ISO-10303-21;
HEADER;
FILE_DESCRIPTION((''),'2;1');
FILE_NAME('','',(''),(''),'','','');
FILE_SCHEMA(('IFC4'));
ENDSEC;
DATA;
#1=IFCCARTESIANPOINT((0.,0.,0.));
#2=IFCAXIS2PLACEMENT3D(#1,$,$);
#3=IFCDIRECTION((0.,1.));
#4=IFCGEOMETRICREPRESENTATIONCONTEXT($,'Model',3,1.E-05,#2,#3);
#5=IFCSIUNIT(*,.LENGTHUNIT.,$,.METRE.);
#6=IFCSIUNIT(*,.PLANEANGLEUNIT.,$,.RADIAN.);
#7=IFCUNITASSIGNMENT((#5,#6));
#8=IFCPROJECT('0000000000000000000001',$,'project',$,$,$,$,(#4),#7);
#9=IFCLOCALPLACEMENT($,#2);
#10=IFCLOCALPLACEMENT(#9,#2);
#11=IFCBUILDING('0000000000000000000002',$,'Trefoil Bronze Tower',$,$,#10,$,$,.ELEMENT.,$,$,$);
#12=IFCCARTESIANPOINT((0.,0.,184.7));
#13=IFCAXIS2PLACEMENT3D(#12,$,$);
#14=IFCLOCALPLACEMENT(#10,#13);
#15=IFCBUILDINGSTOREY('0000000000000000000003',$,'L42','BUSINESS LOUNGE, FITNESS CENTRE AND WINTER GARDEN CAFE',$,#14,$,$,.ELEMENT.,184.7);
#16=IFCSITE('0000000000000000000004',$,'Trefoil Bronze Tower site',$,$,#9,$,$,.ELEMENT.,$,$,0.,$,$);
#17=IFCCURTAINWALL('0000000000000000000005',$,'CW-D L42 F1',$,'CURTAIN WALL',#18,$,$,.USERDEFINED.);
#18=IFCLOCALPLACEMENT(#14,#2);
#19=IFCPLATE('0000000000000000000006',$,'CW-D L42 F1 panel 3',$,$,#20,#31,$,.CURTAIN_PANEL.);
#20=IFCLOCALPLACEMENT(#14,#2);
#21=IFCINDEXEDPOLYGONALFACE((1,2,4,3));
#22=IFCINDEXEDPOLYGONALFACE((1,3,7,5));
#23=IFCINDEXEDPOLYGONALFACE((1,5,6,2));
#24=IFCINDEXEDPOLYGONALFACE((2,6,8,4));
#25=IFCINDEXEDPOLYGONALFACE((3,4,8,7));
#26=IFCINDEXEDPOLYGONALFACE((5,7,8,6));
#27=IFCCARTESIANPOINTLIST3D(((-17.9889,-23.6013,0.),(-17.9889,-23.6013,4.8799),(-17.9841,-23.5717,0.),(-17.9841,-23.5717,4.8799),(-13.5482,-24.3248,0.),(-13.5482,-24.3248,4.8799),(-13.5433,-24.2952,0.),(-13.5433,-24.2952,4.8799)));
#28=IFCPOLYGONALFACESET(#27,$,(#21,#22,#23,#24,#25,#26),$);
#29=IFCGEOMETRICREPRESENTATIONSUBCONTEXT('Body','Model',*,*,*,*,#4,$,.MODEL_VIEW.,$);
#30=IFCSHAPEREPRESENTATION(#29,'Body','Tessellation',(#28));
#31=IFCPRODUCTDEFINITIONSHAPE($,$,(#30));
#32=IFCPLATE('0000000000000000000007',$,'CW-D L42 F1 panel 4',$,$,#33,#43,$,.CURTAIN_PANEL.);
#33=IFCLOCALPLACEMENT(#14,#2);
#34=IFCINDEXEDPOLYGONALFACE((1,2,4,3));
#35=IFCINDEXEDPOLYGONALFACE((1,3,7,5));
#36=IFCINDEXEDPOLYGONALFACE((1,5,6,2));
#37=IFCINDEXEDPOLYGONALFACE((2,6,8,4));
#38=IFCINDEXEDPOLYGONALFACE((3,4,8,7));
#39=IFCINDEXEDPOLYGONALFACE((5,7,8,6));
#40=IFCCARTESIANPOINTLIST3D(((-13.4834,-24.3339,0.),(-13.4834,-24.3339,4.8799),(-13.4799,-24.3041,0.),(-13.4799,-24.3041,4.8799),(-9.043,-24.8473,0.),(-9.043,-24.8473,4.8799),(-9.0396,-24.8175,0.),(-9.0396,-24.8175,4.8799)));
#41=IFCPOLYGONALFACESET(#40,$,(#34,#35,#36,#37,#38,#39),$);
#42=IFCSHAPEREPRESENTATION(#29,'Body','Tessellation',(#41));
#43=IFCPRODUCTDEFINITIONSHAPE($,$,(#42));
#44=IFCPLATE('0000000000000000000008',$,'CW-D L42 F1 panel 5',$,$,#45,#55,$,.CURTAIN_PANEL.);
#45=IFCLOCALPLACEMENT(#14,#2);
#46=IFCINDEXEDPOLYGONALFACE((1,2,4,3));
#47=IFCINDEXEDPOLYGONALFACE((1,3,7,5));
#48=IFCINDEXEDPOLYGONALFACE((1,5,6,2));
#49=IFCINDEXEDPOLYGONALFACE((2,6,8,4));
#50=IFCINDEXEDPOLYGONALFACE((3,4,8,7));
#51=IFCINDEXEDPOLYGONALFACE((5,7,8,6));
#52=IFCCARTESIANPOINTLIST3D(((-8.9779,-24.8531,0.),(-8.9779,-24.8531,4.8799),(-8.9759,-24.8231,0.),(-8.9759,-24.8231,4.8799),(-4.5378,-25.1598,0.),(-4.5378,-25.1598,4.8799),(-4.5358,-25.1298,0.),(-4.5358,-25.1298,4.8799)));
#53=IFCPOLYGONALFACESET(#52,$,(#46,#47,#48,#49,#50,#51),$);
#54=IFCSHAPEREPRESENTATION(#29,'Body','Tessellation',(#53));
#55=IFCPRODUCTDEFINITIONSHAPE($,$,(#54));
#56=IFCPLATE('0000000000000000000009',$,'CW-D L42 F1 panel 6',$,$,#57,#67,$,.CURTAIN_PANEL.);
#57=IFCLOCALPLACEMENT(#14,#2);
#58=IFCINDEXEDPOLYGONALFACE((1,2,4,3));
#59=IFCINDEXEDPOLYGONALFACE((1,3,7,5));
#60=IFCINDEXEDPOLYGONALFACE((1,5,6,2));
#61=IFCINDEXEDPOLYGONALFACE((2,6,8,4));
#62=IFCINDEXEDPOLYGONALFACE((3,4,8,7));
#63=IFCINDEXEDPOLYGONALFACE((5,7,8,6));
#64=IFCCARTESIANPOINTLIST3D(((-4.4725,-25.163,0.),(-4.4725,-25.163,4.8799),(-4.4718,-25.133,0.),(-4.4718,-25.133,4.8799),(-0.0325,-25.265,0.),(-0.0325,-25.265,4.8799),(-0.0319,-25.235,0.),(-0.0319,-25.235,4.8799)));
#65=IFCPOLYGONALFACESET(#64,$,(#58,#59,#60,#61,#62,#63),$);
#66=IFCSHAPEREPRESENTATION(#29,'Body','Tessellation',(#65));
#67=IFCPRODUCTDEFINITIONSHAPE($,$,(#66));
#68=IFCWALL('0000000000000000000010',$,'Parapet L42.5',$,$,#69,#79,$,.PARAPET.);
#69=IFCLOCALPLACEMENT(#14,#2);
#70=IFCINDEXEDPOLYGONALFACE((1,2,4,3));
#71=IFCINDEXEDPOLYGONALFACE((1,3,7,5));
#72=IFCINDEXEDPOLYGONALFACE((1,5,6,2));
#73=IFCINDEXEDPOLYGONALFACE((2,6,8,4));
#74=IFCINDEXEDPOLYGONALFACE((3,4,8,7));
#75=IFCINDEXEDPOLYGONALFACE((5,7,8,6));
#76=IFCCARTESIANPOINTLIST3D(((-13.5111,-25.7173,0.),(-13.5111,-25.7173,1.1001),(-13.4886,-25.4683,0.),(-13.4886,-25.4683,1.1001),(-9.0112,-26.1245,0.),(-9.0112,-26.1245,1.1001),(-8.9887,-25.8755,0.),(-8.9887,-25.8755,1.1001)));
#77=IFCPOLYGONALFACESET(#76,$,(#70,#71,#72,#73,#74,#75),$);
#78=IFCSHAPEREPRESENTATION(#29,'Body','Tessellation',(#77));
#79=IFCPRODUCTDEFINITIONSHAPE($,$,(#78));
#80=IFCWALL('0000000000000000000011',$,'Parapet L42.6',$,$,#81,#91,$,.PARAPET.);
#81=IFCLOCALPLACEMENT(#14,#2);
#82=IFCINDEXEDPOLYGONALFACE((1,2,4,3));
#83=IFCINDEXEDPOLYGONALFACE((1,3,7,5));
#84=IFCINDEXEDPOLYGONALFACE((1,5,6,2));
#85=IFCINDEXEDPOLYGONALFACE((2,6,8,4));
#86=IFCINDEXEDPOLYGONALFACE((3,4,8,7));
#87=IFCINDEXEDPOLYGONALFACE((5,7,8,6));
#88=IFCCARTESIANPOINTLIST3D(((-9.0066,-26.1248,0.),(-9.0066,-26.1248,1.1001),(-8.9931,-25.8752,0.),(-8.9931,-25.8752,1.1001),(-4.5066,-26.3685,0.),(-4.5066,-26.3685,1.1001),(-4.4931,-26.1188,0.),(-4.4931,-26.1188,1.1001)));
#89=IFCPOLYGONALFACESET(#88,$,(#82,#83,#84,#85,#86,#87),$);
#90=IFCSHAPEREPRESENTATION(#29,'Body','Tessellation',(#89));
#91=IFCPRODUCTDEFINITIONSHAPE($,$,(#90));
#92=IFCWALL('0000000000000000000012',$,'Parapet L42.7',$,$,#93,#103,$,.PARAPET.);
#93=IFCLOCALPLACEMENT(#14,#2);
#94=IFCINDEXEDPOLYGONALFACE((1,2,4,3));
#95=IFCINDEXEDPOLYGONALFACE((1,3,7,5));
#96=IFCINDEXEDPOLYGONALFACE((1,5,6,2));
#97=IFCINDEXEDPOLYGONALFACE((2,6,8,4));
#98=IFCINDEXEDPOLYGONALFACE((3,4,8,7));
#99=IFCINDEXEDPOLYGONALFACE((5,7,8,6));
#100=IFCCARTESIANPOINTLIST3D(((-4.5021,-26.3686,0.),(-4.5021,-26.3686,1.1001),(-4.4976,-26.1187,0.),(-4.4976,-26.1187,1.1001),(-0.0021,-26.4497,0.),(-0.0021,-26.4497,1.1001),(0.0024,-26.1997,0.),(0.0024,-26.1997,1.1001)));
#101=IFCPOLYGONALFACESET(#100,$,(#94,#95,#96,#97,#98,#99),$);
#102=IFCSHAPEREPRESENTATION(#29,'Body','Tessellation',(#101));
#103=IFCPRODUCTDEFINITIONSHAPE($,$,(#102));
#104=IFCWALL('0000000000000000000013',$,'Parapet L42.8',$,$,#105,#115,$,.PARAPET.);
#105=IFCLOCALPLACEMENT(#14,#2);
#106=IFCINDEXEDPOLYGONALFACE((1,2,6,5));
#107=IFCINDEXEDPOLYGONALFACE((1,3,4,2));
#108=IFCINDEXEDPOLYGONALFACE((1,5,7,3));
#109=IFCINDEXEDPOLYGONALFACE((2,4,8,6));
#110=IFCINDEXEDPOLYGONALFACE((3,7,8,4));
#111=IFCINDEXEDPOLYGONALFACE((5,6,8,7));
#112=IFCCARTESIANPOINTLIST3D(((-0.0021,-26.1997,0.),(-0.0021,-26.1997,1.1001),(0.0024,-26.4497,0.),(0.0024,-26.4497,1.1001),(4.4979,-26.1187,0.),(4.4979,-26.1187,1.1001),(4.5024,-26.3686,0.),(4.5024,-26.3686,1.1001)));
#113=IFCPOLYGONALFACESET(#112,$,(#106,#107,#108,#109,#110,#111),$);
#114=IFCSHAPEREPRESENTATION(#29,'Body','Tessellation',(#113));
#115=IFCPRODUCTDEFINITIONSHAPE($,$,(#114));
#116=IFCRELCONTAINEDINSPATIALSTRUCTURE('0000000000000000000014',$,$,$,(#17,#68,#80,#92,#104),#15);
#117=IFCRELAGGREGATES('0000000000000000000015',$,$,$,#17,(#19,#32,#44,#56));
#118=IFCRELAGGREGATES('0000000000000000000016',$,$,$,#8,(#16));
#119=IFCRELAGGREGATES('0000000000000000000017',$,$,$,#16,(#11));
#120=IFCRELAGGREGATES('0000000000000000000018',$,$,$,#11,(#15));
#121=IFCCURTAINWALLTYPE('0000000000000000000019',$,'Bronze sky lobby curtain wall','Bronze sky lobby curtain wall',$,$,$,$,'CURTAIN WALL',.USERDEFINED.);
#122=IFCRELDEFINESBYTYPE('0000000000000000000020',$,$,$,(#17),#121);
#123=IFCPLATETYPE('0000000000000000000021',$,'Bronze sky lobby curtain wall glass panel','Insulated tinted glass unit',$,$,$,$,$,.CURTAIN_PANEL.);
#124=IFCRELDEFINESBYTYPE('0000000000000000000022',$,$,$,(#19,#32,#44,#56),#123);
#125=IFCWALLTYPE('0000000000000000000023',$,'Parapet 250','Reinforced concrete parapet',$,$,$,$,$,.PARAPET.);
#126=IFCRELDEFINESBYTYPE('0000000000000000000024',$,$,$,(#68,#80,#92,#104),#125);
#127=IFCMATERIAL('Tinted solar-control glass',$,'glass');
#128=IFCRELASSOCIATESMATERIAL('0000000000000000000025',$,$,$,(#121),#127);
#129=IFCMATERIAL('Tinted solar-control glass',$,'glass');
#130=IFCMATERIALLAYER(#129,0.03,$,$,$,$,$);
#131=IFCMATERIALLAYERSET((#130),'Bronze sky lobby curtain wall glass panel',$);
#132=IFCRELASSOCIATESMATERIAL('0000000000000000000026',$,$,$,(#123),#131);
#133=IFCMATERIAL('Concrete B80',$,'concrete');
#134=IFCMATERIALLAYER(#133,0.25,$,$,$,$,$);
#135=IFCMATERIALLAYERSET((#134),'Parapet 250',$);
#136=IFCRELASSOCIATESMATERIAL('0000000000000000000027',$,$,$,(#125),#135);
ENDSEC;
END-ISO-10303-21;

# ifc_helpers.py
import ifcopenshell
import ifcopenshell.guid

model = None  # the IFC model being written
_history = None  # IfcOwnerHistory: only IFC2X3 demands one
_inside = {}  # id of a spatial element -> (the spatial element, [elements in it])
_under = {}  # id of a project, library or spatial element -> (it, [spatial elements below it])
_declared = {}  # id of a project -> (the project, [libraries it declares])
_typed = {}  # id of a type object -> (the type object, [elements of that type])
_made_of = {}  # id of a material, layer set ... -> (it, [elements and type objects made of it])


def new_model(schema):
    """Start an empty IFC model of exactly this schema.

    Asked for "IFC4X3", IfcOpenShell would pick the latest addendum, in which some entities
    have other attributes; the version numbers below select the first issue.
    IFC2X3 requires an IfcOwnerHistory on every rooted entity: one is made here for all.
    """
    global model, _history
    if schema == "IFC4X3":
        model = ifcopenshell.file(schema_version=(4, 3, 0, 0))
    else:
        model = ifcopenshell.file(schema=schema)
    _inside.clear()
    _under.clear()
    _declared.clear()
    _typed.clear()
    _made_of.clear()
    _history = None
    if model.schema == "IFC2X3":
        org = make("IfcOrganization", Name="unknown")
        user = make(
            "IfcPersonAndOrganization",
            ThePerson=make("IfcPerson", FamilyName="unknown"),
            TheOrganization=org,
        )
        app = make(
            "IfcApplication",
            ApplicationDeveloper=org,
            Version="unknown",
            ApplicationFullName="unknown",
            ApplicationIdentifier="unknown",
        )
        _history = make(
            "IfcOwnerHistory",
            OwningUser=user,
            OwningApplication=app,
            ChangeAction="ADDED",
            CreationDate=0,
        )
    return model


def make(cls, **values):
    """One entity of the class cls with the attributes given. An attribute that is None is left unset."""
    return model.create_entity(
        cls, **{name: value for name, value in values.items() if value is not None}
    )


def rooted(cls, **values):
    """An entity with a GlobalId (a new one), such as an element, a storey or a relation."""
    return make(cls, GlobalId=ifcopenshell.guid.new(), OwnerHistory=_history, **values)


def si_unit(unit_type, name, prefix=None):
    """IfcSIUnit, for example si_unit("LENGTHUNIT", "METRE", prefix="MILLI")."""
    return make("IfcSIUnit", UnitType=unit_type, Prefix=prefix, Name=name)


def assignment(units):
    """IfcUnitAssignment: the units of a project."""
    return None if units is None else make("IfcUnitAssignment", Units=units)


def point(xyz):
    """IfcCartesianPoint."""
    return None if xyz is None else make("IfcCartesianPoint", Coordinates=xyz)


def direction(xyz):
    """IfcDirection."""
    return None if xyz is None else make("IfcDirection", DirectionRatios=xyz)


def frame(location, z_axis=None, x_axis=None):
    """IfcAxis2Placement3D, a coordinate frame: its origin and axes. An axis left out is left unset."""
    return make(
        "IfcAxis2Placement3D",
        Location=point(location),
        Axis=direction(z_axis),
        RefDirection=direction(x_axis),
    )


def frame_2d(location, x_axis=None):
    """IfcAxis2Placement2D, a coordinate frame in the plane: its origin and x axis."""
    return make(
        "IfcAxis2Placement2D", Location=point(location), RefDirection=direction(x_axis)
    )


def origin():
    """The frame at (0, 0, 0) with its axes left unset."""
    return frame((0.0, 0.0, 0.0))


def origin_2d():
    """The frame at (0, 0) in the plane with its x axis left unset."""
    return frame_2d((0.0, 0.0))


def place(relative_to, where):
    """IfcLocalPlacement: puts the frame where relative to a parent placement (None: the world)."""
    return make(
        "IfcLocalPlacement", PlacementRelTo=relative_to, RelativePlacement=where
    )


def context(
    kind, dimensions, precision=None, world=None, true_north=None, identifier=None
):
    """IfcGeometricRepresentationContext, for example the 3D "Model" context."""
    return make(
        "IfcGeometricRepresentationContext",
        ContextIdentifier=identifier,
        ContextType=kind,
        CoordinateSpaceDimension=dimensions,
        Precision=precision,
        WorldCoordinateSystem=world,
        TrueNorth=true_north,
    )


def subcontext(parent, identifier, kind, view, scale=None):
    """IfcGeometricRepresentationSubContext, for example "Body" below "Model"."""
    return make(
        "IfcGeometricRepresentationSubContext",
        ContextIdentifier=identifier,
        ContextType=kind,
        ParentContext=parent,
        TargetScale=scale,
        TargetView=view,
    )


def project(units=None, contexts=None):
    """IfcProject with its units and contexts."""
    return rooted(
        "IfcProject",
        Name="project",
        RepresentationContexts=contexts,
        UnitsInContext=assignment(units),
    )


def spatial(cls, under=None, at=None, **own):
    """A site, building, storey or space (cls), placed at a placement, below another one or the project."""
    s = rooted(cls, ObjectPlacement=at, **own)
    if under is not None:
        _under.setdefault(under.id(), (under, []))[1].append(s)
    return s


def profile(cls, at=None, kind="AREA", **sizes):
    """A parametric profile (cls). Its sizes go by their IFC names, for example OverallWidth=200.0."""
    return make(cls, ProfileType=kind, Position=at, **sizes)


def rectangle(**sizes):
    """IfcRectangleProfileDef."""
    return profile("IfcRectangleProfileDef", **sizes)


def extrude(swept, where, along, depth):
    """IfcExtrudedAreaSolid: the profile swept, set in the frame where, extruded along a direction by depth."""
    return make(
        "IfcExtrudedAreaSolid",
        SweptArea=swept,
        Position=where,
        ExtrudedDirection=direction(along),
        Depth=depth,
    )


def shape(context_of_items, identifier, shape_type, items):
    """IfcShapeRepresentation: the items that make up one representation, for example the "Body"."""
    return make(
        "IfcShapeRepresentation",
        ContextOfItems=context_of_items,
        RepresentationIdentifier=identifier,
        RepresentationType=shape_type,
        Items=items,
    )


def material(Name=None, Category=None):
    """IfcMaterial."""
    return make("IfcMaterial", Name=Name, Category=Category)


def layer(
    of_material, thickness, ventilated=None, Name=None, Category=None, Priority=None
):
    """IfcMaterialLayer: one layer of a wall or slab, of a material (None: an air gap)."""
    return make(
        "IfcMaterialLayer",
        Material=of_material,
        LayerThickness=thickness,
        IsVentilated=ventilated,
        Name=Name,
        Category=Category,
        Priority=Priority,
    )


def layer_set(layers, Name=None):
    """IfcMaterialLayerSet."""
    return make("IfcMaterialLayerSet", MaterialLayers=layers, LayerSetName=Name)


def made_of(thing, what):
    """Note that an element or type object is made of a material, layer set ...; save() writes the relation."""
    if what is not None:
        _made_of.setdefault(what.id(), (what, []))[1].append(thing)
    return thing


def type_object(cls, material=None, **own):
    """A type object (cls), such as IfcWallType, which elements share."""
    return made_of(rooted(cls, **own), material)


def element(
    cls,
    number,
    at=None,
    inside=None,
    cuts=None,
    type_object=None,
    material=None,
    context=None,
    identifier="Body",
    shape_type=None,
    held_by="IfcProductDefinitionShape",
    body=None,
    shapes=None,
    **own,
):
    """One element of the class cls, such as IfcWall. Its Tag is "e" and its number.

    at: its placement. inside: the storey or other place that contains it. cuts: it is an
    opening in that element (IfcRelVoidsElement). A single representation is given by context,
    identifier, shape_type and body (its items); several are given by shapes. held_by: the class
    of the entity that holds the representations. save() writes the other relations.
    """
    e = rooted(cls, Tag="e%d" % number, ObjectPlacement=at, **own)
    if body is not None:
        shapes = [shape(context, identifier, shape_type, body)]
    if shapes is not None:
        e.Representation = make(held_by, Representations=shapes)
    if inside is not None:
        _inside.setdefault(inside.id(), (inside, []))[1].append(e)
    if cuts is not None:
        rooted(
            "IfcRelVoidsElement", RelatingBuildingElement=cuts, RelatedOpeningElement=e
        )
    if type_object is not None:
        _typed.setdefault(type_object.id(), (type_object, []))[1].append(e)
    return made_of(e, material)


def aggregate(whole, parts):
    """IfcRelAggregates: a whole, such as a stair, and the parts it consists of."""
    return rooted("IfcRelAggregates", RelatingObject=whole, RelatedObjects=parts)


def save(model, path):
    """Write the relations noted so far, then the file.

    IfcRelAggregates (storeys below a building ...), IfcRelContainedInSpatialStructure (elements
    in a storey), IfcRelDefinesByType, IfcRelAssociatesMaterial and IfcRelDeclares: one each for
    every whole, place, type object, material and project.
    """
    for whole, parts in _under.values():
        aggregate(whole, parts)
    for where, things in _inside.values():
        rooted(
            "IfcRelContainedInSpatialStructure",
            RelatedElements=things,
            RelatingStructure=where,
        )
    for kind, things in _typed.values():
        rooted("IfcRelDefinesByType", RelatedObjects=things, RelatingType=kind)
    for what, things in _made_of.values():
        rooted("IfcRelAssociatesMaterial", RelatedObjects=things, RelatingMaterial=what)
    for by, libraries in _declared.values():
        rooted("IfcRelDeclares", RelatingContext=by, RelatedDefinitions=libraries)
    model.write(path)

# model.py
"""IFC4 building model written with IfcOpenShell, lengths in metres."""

from ifc_helpers import new_model, si_unit, direction, frame, frame_2d, origin, origin_2d, place, context, subcontext, project, spatial, rectangle, extrude, material, layer, layer_set, type_object, element, aggregate, save


model = new_model("IFC4")

# Units and contexts
model_context = context("Model", 3, precision=1e-05, world=origin(), true_north=direction((0.0, 1.0)))
body_context = subcontext(model_context, "Body", "Model", "MODEL_VIEW")
ifc_project = project(units=[si_unit("LENGTHUNIT", "METRE"), si_unit("PLANEANGLEUNIT", "RADIAN")], contexts=[model_context])

# Site, building, storey
site_placement = place(None, origin())
site = spatial("IfcSite", under=ifc_project, at=site_placement, Name="Trefoil Bronze Tower site", CompositionType="ELEMENT", RefElevation=0.0)
building_placement = place(site_placement, origin())
building = spatial("IfcBuilding", under=site, at=building_placement, Name="Trefoil Bronze Tower", CompositionType="ELEMENT")
storey_placement = place(building_placement, frame((0.0, 0.0, 184.7)))
storey = spatial("IfcBuildingStorey", under=building, at=storey_placement, Name="L42", Description="BUSINESS LOUNGE, FITNESS CENTRE AND WINTER GARDEN CAFE", CompositionType="ELEMENT", Elevation=184.7)

# Curtain wall
ifc_material_1 = material(Name="Tinted solar-control glass", Category="glass")
curtain_wall_type = type_object("IfcCurtainWallType", Name="Bronze sky lobby curtain wall", Description="Bronze sky lobby curtain wall", ElementType="CURTAIN WALL", PredefinedType="USERDEFINED", material=ifc_material_1)
curtain_wall_placement = place(storey_placement, origin())
curtain_wall = element("IfcCurtainWall", 1, at=curtain_wall_placement, inside=storey, type_object=curtain_wall_type, Name="CW-D L42 F1", ObjectType="CURTAIN WALL", PredefinedType="USERDEFINED")

# Plates
ifc_material_2 = material(Name="Tinted solar-control glass", Category="glass")
ifc_layer_1 = layer(ifc_material_2, 0.03)
ifc_layer_set_1 = layer_set([ifc_layer_1], Name="Bronze sky lobby curtain wall glass panel")
plate_type = type_object("IfcPlateType", Name="Bronze sky lobby curtain wall glass panel", Description="Insulated tinted glass unit", PredefinedType="CURTAIN_PANEL", material=ifc_layer_set_1)
plate_1_placement = place(storey_placement, frame((-15.7661, -23.9482, 0.0), z_axis=(0.0, 0.0, 1.0), x_axis=(0.986987, -0.160803, 0.0)))
plate_1 = element("IfcPlate", 2, at=plate_1_placement, type_object=plate_type, Name="CW-D L42 F1 panel 3", PredefinedType="CURTAIN_PANEL", context=body_context, shape_type="SweptSolid", body=[
    extrude(rectangle(XDim=4.4993, YDim=0.03, at=origin_2d()), origin(), (0.0, 0.0, 1.0), 4.8799),
])
plate_2_placement = place(storey_placement, frame((-11.2615, -24.5757, 0.0), z_axis=(0.0, 0.0, 1.0), x_axis=(0.993382, -0.114859, 0.0)))
plate_2 = element("IfcPlate", 3, at=plate_2_placement, type_object=plate_type, Name="CW-D L42 F1 panel 4", PredefinedType="CURTAIN_PANEL", context=body_context, shape_type="SweptSolid", body=[
    extrude(rectangle(XDim=4.47, YDim=0.03, at=origin_2d()), origin(), (0.0, 0.0, 1.0), 4.8799),
])
plate_3_placement = place(storey_placement, frame((-6.7568, -24.9915, 0.0), z_axis=(0.0, 0.0, 1.0), x_axis=(0.997623, -0.068915, 0.0)))
plate_3 = element("IfcPlate", 4, at=plate_3_placement, type_object=plate_type, Name="CW-D L42 F1 panel 5", PredefinedType="CURTAIN_PANEL", context=body_context, shape_type="SweptSolid", body=[
    extrude(rectangle(XDim=4.4507, YDim=0.03, at=origin_2d()), origin(), (0.0, 0.0, 1.0), 4.8799),
])
plate_4_placement = place(storey_placement, frame((-2.2522, -25.199, 0.0), z_axis=(0.0, 0.0, 1.0), x_axis=(0.999736, -0.022972, 0.0)))
plate_4 = element("IfcPlate", 5, at=plate_4_placement, type_object=plate_type, Name="CW-D L42 F1 panel 6", PredefinedType="CURTAIN_PANEL", context=body_context, shape_type="SweptSolid", body=[
    extrude(rectangle(XDim=4.4412, YDim=0.03, at=origin_2d()), origin(), (0.0, 0.0, 1.0), 4.8799),
])
aggregate(curtain_wall, [plate_1, plate_2, plate_3, plate_4])

# Walls
ifc_material_3 = material(Name="Concrete B80", Category="concrete")
ifc_layer_2 = layer(ifc_material_3, 0.25)
ifc_layer_set_2 = layer_set([ifc_layer_2], Name="Parapet 250")
wall_type = type_object("IfcWallType", Name="Parapet 250", Description="Reinforced concrete parapet", PredefinedType="PARAPET", material=ifc_layer_set_2)
wall_1_placement = place(storey_placement, frame((-13.5, -25.5928, 0.0), z_axis=(0.0, 0.0, 1.0), x_axis=(0.99593, -0.090127, 0.0)))
element("IfcWall", 6, at=wall_1_placement, inside=storey, type_object=wall_type, Name="Parapet L42.5", PredefinedType="PARAPET", context=body_context, shape_type="SweptSolid", body=[
    extrude(rectangle(XDim=4.5183, YDim=0.25, at=frame_2d((2.2593, 0.0))), origin(), (0.0, 0.0, 1.0), 1.1001),
])
wall_2_placement = place(storey_placement, frame((-9.0, -26.0, 0.0), z_axis=(0.0, 0.0, 1.0), x_axis=(0.998537, -0.054066, 0.0)))
element("IfcWall", 7, at=wall_2_placement, inside=storey, type_object=wall_type, Name="Parapet L42.6", PredefinedType="PARAPET", context=body_context, shape_type="SweptSolid", body=[
    extrude(rectangle(XDim=4.5066, YDim=0.25, at=frame_2d((2.2534, 0.0))), origin(), (0.0, 0.0, 1.0), 1.1001),
])
for number, where, z_axis, x_axis, name in (
    (8, (-4.5, -26.2437, 0.0), (0.0, 0.0, 1.0), (0.999838, -0.018009, 0.0), "Parapet L42.7"),
    (9, (0.0, -26.3247, 0.0), (0.0, 0.0, 1.0), (0.999838, 0.018009, 0.0), "Parapet L42.8"),
):
    element("IfcWall", number, at=place(storey_placement, frame(where, z_axis=z_axis, x_axis=x_axis)), inside=storey, type_object=wall_type, Name=name, PredefinedType="PARAPET", context=body_context, shape_type="SweptSolid", body=[
        extrude(rectangle(XDim=4.5007, YDim=0.25, at=frame_2d((2.2505, 0.0))), origin(), (0.0, 0.0, 1.0), 1.1001),
    ])

save(model, "model.ifc")
